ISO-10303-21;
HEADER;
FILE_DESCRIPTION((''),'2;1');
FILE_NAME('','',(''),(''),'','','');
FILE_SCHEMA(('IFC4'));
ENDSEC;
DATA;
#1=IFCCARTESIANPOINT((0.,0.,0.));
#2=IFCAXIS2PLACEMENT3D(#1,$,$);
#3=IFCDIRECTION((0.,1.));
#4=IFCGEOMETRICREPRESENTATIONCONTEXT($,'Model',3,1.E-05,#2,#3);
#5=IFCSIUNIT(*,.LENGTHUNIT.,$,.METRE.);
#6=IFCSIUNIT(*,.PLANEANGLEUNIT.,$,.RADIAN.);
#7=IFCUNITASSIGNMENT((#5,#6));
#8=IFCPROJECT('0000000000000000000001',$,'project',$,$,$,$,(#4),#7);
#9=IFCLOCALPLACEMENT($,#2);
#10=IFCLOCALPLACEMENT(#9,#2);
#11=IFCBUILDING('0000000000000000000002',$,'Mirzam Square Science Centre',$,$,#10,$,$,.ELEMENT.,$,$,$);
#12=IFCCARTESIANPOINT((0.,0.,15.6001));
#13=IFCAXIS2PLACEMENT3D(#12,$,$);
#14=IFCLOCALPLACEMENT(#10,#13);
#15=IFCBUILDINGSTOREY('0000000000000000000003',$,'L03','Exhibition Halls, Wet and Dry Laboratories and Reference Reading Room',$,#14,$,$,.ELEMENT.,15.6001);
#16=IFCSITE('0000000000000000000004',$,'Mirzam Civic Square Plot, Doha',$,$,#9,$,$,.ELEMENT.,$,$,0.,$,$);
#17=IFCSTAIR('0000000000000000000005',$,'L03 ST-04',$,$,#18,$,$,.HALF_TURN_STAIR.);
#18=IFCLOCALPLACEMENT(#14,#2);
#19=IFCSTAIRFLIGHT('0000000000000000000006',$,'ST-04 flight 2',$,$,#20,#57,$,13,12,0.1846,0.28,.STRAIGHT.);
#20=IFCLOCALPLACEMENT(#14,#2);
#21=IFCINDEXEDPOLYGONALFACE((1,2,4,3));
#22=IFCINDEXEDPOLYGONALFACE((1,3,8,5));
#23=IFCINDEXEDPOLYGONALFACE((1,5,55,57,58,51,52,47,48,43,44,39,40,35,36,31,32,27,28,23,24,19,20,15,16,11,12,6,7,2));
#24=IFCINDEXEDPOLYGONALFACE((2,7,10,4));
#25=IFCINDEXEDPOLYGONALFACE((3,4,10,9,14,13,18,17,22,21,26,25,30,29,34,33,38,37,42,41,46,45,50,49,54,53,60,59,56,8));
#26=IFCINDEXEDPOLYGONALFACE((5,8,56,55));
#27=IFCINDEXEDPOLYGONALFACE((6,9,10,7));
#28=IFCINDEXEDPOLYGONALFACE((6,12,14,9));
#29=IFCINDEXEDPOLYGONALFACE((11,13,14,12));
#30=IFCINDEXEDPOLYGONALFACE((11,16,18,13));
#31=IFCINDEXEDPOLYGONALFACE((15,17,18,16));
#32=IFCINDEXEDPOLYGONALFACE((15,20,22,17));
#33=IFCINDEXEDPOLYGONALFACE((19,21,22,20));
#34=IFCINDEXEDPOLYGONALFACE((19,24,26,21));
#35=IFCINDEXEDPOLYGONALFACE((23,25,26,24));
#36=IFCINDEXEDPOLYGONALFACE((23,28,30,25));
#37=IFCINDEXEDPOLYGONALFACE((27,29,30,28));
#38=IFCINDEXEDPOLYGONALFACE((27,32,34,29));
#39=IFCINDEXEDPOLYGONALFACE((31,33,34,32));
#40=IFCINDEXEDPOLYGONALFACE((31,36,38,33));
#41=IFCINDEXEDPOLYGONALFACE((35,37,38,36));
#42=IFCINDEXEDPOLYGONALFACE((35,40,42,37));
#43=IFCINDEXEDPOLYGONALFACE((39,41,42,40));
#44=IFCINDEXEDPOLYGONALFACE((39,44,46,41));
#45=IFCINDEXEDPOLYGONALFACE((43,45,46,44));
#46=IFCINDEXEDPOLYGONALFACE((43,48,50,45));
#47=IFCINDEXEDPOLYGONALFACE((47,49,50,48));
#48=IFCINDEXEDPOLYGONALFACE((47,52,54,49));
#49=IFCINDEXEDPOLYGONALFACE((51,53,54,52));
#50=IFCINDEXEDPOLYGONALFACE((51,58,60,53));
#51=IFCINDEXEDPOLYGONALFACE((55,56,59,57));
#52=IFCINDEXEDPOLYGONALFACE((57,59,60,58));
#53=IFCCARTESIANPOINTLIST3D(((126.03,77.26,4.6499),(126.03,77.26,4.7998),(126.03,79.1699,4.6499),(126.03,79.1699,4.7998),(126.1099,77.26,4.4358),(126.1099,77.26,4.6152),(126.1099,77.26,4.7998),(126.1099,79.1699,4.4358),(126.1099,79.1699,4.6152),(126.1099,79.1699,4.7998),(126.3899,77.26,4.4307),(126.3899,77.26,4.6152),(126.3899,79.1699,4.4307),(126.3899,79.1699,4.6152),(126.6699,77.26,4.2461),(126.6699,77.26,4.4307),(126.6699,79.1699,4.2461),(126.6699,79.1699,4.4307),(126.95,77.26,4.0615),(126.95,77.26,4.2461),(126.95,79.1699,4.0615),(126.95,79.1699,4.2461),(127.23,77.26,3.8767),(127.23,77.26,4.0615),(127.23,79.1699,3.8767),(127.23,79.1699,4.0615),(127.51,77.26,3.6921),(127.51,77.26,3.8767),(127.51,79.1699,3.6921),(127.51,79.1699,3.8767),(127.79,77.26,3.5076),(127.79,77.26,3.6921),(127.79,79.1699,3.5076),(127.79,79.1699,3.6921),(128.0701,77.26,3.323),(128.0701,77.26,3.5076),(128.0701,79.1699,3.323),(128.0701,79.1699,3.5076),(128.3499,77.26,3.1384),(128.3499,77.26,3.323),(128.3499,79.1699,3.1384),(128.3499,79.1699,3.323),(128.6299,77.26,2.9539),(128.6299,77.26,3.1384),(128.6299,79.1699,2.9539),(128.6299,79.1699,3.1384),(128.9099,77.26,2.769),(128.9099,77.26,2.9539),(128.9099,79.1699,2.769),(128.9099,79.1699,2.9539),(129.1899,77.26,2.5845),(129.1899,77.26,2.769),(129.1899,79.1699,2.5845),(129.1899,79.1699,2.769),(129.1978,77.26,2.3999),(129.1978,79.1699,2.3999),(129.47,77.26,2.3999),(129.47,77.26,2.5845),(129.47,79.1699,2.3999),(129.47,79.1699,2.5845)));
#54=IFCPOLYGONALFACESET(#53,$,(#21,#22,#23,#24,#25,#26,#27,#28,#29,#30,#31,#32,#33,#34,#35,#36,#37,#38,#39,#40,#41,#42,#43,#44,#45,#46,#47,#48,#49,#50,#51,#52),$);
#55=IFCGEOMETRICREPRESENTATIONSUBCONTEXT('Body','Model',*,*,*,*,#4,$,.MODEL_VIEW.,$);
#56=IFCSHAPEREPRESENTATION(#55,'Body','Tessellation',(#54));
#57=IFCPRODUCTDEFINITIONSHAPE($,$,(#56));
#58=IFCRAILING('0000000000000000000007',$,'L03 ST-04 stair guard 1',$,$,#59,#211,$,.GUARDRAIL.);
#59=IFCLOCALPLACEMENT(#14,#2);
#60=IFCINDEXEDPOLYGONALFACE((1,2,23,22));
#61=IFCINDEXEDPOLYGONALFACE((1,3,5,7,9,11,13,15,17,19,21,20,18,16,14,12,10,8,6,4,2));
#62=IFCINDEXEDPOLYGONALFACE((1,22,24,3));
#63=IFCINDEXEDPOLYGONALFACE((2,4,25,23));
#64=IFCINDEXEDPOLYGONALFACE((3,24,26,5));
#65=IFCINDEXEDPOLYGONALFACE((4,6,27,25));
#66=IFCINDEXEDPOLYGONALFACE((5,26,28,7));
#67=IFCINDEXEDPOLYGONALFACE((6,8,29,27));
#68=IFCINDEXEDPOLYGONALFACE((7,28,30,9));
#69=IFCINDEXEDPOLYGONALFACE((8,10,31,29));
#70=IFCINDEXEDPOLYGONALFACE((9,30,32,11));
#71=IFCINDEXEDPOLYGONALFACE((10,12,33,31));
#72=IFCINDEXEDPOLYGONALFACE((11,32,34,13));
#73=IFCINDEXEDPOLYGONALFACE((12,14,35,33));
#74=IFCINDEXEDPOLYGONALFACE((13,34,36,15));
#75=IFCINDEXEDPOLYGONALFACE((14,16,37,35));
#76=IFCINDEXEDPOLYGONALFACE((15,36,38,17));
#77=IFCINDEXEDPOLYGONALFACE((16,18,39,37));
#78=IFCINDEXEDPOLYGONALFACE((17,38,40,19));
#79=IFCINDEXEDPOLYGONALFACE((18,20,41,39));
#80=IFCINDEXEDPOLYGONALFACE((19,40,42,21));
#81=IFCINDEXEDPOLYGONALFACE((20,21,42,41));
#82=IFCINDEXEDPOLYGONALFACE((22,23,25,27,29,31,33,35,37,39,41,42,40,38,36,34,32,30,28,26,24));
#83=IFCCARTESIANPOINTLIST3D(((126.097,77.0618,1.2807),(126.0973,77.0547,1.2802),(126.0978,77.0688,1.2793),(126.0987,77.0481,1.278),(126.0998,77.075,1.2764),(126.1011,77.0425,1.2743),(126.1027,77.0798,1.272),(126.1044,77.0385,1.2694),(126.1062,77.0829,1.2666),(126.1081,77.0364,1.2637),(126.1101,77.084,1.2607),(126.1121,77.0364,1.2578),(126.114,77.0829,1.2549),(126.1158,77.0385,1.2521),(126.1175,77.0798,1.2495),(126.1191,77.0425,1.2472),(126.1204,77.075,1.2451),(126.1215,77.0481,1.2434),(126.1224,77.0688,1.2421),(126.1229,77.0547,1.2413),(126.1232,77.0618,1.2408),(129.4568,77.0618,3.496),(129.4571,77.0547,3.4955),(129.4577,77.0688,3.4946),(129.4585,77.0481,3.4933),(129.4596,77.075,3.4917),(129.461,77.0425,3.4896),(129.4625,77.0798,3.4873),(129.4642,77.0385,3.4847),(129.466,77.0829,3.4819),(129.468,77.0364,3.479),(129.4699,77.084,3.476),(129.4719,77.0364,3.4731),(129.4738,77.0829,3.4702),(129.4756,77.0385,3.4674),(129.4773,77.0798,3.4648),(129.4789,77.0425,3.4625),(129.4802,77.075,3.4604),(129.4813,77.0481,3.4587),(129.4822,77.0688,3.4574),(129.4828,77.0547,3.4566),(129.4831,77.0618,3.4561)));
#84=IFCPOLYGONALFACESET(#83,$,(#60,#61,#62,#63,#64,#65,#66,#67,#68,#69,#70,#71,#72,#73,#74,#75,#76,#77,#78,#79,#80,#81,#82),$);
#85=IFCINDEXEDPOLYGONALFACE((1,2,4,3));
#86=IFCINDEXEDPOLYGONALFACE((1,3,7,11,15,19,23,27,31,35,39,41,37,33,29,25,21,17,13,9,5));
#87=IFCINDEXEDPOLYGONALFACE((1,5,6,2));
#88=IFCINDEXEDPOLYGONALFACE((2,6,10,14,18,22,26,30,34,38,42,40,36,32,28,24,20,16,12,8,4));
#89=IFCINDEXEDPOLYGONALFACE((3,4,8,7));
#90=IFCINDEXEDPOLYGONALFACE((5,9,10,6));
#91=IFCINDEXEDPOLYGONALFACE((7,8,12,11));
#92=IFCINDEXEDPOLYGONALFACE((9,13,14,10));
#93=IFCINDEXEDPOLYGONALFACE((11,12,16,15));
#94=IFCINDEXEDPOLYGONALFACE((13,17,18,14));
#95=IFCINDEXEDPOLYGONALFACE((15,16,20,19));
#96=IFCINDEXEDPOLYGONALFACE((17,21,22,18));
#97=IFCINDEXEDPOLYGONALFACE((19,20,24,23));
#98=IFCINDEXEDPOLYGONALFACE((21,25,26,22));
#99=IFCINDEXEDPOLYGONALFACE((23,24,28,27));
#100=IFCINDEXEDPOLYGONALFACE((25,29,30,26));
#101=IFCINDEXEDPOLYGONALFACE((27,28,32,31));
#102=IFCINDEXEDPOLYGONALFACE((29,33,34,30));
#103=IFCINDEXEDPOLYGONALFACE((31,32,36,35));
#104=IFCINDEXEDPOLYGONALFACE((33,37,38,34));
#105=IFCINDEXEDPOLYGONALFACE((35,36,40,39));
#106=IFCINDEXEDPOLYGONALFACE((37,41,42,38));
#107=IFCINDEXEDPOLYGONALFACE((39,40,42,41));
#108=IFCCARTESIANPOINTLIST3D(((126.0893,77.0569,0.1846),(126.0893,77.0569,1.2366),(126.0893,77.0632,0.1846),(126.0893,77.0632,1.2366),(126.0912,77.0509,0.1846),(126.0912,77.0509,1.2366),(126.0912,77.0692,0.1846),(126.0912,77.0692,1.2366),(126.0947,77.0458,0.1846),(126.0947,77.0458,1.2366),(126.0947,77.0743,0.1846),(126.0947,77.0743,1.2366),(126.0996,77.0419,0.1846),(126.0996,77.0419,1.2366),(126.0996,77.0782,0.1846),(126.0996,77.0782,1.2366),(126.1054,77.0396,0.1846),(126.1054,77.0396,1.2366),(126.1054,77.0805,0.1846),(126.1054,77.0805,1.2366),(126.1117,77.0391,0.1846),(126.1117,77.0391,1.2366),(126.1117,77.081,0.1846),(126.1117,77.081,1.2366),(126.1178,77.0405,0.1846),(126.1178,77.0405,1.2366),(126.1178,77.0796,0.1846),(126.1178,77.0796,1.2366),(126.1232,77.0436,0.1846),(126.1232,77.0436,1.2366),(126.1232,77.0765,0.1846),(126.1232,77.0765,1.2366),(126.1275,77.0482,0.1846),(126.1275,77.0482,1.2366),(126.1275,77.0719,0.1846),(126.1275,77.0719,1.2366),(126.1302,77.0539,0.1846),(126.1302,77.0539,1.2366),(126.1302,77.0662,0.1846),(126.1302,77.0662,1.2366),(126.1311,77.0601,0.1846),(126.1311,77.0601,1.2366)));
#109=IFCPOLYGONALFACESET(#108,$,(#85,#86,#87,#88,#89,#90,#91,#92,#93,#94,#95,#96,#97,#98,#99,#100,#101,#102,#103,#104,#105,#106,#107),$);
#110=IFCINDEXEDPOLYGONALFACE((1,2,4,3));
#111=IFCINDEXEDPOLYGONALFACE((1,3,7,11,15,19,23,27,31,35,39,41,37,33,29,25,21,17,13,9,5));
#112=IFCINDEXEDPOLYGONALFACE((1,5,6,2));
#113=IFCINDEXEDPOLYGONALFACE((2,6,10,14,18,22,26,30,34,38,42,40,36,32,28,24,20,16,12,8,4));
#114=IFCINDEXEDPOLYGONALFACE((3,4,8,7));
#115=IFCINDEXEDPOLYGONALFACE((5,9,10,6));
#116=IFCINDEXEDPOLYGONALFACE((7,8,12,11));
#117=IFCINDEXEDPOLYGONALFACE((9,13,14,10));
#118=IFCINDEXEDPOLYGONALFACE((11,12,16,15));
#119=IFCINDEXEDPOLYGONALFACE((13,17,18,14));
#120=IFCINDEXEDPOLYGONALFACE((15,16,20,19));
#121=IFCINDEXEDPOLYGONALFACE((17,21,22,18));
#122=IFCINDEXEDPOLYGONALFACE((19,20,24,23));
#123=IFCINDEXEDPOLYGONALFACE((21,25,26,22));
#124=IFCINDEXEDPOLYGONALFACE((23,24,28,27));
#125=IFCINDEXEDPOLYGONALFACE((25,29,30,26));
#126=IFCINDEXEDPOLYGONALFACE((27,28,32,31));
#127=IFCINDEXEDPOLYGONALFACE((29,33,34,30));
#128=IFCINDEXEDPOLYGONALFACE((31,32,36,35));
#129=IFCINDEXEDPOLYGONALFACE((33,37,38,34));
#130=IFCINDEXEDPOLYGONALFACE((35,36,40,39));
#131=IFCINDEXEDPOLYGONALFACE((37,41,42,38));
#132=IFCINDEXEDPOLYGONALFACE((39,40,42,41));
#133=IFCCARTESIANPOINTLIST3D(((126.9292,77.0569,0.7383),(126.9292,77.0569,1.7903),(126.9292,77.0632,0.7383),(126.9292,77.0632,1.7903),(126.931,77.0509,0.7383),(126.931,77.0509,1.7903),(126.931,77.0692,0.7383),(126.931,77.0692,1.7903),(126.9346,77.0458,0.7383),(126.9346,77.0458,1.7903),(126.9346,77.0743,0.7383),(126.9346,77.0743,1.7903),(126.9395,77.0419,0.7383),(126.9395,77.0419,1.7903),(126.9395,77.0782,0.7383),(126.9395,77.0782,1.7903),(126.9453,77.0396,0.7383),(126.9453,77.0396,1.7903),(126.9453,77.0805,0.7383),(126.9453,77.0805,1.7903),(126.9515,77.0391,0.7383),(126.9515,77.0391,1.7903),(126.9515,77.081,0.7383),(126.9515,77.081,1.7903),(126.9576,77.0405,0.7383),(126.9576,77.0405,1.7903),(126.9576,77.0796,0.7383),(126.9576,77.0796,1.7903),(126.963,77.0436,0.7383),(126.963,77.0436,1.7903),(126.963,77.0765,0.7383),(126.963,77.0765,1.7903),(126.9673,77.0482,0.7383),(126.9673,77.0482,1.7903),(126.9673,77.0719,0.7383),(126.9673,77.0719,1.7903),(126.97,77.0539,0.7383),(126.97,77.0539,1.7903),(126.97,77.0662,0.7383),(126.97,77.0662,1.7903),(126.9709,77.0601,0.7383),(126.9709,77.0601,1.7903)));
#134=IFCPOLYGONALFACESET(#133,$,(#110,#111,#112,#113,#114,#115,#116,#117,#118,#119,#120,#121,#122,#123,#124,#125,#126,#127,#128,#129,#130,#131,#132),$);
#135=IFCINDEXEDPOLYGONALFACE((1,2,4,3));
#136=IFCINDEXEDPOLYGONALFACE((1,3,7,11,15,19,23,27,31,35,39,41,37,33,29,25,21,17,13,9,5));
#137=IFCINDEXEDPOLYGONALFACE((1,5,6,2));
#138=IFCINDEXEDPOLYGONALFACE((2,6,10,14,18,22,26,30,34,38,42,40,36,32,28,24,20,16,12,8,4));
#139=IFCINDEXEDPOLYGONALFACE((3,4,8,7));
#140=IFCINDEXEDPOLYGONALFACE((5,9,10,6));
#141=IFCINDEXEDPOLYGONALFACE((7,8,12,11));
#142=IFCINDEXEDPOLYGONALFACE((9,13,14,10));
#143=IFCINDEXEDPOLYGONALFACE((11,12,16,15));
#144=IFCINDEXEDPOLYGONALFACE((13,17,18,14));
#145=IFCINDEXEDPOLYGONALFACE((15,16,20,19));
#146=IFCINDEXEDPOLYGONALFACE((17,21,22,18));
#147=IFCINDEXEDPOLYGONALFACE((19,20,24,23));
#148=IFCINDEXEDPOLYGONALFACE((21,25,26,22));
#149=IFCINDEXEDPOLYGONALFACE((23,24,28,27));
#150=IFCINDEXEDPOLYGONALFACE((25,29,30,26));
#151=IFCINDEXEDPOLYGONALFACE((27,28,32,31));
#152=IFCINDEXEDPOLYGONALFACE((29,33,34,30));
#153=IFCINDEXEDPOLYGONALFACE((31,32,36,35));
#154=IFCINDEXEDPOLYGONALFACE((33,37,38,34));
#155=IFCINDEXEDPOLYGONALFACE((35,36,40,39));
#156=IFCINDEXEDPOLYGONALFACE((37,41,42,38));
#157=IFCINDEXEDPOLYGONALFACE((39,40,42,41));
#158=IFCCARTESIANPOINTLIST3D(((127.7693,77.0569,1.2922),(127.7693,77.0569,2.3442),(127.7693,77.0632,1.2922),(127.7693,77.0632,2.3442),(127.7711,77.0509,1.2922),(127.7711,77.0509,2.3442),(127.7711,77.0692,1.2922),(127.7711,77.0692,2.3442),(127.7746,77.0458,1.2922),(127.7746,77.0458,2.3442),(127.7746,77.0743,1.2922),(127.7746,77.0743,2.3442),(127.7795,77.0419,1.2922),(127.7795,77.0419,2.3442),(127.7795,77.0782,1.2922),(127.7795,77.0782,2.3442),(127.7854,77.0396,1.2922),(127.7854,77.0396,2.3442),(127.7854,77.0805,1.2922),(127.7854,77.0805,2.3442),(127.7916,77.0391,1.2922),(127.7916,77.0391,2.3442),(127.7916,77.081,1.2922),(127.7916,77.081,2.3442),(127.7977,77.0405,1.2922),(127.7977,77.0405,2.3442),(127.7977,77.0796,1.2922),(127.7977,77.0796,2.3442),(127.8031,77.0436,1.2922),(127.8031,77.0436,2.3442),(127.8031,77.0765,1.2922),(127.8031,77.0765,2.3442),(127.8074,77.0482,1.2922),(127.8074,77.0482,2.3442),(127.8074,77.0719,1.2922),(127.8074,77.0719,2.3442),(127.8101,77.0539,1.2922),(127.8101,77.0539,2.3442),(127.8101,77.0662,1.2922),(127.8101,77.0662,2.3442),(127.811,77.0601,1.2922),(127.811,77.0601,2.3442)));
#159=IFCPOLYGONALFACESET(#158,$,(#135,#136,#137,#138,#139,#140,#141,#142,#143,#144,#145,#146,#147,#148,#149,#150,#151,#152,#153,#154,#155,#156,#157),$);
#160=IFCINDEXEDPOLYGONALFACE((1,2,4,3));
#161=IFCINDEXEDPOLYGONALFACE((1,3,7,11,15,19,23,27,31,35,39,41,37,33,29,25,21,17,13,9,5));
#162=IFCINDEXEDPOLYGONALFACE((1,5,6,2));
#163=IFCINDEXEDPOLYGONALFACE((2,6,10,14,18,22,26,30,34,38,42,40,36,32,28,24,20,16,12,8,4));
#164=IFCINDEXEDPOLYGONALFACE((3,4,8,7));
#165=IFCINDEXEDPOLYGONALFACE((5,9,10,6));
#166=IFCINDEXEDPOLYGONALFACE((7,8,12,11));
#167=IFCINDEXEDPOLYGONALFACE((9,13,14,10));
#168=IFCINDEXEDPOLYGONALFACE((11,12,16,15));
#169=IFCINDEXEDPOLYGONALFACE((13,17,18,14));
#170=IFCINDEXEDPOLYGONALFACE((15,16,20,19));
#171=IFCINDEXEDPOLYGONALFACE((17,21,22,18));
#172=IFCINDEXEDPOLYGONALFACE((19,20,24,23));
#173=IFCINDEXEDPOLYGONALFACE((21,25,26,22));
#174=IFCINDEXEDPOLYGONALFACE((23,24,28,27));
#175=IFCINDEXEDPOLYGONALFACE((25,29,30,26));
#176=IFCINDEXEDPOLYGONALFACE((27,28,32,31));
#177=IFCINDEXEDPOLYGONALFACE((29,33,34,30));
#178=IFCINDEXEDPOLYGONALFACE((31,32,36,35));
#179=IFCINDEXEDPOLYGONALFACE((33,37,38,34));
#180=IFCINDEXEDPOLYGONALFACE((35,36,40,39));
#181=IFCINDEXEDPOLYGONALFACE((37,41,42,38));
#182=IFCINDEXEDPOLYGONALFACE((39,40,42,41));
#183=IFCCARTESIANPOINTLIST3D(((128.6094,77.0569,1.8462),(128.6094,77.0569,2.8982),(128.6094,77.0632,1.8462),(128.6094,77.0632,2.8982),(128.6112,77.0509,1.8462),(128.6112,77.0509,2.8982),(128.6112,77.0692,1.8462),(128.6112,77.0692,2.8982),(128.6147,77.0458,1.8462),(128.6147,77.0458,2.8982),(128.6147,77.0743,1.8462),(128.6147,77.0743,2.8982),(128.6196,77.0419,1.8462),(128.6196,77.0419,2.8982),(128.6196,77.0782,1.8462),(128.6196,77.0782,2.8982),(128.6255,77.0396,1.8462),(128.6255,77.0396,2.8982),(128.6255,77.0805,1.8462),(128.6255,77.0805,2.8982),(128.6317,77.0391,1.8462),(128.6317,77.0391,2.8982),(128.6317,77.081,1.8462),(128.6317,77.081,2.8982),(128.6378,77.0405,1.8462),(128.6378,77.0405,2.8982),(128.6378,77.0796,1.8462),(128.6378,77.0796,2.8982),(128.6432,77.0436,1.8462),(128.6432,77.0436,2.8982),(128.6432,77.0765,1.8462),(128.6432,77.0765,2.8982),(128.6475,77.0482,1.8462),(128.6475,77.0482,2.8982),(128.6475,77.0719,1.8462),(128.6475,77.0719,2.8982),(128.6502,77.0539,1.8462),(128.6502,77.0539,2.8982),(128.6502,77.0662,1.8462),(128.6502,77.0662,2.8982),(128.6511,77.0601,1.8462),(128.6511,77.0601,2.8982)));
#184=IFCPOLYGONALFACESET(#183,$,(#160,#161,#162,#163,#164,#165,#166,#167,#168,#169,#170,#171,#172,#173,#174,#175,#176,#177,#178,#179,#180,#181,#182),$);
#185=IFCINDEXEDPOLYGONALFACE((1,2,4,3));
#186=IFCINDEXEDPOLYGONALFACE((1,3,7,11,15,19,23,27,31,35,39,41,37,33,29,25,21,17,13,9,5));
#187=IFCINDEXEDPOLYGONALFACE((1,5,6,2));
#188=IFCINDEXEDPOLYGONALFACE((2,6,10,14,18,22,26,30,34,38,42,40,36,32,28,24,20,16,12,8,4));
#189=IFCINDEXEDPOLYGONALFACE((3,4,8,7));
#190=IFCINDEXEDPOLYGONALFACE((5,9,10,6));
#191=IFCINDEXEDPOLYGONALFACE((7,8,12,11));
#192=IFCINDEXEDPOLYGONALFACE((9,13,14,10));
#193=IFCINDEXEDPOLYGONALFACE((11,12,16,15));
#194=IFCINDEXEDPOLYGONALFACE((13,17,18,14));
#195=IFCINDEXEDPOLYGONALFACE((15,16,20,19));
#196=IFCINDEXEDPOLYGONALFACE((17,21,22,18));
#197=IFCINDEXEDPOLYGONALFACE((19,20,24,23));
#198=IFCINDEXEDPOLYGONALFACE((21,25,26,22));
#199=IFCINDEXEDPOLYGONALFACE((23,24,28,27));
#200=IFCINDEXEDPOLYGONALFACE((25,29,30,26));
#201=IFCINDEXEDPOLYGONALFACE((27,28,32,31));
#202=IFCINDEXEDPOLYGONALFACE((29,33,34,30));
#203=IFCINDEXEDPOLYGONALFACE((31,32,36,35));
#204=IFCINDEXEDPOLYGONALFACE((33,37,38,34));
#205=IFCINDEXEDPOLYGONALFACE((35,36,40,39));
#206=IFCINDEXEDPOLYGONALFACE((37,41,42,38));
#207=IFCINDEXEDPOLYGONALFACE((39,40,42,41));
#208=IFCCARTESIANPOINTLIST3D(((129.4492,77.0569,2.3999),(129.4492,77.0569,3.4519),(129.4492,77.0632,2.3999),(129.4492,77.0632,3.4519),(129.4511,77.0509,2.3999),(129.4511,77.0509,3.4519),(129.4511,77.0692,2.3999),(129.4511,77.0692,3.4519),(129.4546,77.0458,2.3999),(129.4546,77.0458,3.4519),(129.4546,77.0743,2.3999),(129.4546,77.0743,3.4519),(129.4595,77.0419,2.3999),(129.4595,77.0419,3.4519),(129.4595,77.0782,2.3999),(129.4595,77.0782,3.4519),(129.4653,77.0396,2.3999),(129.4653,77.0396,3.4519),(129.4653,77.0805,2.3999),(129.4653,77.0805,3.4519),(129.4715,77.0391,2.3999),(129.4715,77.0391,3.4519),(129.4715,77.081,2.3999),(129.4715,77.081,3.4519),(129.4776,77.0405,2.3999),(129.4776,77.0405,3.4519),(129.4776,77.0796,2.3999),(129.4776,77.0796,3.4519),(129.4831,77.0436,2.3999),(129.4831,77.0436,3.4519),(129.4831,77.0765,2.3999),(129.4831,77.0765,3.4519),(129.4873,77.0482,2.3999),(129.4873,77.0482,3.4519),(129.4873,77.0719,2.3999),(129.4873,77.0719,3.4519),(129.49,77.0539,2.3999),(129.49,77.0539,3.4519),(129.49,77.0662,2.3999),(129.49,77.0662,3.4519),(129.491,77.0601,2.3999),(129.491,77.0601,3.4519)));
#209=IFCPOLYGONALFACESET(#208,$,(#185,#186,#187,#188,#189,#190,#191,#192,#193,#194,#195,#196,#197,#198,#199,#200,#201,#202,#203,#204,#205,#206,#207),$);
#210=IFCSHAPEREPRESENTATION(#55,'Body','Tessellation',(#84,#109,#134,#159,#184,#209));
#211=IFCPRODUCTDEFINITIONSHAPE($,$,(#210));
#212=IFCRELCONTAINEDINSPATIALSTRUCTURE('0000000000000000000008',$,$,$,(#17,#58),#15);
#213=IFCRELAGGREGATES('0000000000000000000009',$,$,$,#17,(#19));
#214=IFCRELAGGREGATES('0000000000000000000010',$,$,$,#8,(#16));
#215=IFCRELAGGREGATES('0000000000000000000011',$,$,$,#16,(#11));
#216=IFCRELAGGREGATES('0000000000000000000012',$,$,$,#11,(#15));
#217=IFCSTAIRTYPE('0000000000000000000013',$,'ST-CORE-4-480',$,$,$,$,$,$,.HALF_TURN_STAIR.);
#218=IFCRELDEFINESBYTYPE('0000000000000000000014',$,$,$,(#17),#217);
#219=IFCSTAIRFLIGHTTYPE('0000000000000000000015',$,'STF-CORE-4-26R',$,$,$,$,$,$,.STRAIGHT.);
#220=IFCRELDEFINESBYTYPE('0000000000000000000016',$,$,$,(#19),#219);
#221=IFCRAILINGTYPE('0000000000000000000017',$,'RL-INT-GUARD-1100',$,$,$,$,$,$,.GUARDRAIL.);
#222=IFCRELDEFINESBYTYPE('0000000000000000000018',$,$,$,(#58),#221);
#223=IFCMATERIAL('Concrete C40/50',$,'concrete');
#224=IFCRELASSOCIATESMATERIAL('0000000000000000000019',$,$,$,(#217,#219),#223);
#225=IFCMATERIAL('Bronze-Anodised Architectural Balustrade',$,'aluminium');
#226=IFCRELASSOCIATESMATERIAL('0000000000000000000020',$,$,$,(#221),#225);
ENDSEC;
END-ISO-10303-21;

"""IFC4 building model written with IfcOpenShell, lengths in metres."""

from ifc_helpers import new_model, si_unit, direction, frame, origin, origin_2d, place, context, subcontext, project, spatial, polyline, circle, outline, extrude, material, type_object, element, aggregate, save


model = new_model("IFC4")

# Units and contexts
model_context = context("Model", 3, precision=1e-05, world=origin(), true_north=direction((0.0, 1.0)))
body_context = subcontext(model_context, "Body", "Model", "MODEL_VIEW")
ifc_project = project(units=[si_unit("LENGTHUNIT", "METRE"), si_unit("PLANEANGLEUNIT", "RADIAN")], contexts=[model_context])

# Site, building, storey
site_placement = place(None, origin())
site = spatial("IfcSite", under=ifc_project, at=site_placement, Name="Mirzam Civic Square Plot, Doha", CompositionType="ELEMENT", RefElevation=0.0)
building_placement = place(site_placement, origin())
building = spatial("IfcBuilding", under=site, at=building_placement, Name="Mirzam Square Science Centre", CompositionType="ELEMENT")
storey_placement = place(building_placement, frame((0.0, 0.0, 15.6001)))
storey = spatial("IfcBuildingStorey", under=building, at=storey_placement, Name="L03", Description="Exhibition Halls, Wet and Dry Laboratories and Reference Reading Room", CompositionType="ELEMENT", Elevation=15.6001)

# Stair, stair flight
ifc_material_1 = material(Name="Concrete C40/50", Category="concrete")
stair_type = type_object("IfcStairType", Name="ST-CORE-4-480", PredefinedType="HALF_TURN_STAIR", material=ifc_material_1)
stair_placement = place(storey_placement, origin())
stair = element("IfcStair", 1, at=stair_placement, inside=storey, type_object=stair_type, Name="L03 ST-04", PredefinedType="HALF_TURN_STAIR")
stair_flight_type = type_object("IfcStairFlightType", Name="STF-CORE-4-26R", PredefinedType="STRAIGHT", material=ifc_material_1)
stair_flight_1_placement = place(storey_placement, frame((129.47, 78.2151, 2.3999), z_axis=(0.0, 0.0, 1.0), x_axis=(-1.0, 0.0, 0.0)))
stair_flight_1 = element("IfcStairFlight", 2, at=stair_flight_1_placement, type_object=stair_flight_type, Name="ST-04 flight 2", NumberOfRisers=13, NumberOfTreads=12, PredefinedType="STRAIGHT", RiserHeight=0.1846, TreadLength=0.28, context=body_context, shape_type="SweptSolid", body=[
    extrude(outline(polyline([(0.0, 0.0), (0.0, 0.1846), (0.28, 0.1846), (0.28, 0.3691), (0.5601, 0.3691), (0.5601, 0.554), (0.8401, 0.554), (0.8401, 0.7385), (1.1201, 0.7385), (1.1201, 0.9231), (1.3999, 0.9231), (1.3999, 1.1077), (1.6799, 1.1077), (1.6799, 1.2922), (1.96, 1.2922), (1.96, 1.4768), (2.24, 1.4768), (2.24, 1.6616), (2.52, 1.6616), (2.52, 1.8462), (2.8, 1.8462), (2.8, 2.0308), (3.0801, 2.0308), (3.0801, 2.2153), (3.3601, 2.2153), (3.3601, 2.3999), (3.4399, 2.3999), (3.4399, 2.25), (3.3601, 2.0359), (0.2722, 0.0), (0.0, 0.0)])), frame((0.0, 0.9551, 0.0), z_axis=(0.0, -1.0, 0.0), x_axis=(1.0, 0.0, 0.0)), (0.0, 0.0, 1.0), 1.9099),
])
aggregate(stair, [stair_flight_1])

# Railing
ifc_material_2 = material(Name="Bronze-Anodised Architectural Balustrade", Category="aluminium")
railing_type_1 = type_object("IfcRailingType", Name="RL-INT-GUARD-1100", PredefinedType="GUARDRAIL", material=ifc_material_2)
railing_1_placement = place(storey_placement, frame((126.1101, 77.0601, 0.1846)))
element("IfcRailing", 3, at=railing_1_placement, inside=storey, type_object=railing_type_1, Name="L03 ST-04 stair guard 1", PredefinedType="GUARDRAIL", context=body_context, shape_type="SweptSolid", body=[
    extrude(circle(Radius=0.0239, at=origin_2d()), frame((0.0, 0.0, 1.0762), z_axis=(0.834858, 0.0, 0.550465), x_axis=(0.0, 1.0, 0.0)), (0.0, 0.0, 1.0), 4.0244),
    extrude(circle(Radius=0.021, at=origin_2d()), origin(), (0.0, 0.0, 1.0), 1.052),
    extrude(circle(Radius=0.021, at=origin_2d()), frame((0.8398, 0.0, 0.5537)), (0.0, 0.0, 1.0), 1.052),
    extrude(circle(Radius=0.021, at=origin_2d()), frame((1.6799, 0.0, 1.1077)), (0.0, 0.0, 1.0), 1.052),
    extrude(circle(Radius=0.021, at=origin_2d()), frame((2.52, 0.0, 1.6616)), (0.0, 0.0, 1.0), 1.052),
    extrude(circle(Radius=0.021, at=origin_2d()), frame((3.3599, 0.0, 2.2153)), (0.0, 0.0, 1.0), 1.052),
])

save(model, "model.ifc")
